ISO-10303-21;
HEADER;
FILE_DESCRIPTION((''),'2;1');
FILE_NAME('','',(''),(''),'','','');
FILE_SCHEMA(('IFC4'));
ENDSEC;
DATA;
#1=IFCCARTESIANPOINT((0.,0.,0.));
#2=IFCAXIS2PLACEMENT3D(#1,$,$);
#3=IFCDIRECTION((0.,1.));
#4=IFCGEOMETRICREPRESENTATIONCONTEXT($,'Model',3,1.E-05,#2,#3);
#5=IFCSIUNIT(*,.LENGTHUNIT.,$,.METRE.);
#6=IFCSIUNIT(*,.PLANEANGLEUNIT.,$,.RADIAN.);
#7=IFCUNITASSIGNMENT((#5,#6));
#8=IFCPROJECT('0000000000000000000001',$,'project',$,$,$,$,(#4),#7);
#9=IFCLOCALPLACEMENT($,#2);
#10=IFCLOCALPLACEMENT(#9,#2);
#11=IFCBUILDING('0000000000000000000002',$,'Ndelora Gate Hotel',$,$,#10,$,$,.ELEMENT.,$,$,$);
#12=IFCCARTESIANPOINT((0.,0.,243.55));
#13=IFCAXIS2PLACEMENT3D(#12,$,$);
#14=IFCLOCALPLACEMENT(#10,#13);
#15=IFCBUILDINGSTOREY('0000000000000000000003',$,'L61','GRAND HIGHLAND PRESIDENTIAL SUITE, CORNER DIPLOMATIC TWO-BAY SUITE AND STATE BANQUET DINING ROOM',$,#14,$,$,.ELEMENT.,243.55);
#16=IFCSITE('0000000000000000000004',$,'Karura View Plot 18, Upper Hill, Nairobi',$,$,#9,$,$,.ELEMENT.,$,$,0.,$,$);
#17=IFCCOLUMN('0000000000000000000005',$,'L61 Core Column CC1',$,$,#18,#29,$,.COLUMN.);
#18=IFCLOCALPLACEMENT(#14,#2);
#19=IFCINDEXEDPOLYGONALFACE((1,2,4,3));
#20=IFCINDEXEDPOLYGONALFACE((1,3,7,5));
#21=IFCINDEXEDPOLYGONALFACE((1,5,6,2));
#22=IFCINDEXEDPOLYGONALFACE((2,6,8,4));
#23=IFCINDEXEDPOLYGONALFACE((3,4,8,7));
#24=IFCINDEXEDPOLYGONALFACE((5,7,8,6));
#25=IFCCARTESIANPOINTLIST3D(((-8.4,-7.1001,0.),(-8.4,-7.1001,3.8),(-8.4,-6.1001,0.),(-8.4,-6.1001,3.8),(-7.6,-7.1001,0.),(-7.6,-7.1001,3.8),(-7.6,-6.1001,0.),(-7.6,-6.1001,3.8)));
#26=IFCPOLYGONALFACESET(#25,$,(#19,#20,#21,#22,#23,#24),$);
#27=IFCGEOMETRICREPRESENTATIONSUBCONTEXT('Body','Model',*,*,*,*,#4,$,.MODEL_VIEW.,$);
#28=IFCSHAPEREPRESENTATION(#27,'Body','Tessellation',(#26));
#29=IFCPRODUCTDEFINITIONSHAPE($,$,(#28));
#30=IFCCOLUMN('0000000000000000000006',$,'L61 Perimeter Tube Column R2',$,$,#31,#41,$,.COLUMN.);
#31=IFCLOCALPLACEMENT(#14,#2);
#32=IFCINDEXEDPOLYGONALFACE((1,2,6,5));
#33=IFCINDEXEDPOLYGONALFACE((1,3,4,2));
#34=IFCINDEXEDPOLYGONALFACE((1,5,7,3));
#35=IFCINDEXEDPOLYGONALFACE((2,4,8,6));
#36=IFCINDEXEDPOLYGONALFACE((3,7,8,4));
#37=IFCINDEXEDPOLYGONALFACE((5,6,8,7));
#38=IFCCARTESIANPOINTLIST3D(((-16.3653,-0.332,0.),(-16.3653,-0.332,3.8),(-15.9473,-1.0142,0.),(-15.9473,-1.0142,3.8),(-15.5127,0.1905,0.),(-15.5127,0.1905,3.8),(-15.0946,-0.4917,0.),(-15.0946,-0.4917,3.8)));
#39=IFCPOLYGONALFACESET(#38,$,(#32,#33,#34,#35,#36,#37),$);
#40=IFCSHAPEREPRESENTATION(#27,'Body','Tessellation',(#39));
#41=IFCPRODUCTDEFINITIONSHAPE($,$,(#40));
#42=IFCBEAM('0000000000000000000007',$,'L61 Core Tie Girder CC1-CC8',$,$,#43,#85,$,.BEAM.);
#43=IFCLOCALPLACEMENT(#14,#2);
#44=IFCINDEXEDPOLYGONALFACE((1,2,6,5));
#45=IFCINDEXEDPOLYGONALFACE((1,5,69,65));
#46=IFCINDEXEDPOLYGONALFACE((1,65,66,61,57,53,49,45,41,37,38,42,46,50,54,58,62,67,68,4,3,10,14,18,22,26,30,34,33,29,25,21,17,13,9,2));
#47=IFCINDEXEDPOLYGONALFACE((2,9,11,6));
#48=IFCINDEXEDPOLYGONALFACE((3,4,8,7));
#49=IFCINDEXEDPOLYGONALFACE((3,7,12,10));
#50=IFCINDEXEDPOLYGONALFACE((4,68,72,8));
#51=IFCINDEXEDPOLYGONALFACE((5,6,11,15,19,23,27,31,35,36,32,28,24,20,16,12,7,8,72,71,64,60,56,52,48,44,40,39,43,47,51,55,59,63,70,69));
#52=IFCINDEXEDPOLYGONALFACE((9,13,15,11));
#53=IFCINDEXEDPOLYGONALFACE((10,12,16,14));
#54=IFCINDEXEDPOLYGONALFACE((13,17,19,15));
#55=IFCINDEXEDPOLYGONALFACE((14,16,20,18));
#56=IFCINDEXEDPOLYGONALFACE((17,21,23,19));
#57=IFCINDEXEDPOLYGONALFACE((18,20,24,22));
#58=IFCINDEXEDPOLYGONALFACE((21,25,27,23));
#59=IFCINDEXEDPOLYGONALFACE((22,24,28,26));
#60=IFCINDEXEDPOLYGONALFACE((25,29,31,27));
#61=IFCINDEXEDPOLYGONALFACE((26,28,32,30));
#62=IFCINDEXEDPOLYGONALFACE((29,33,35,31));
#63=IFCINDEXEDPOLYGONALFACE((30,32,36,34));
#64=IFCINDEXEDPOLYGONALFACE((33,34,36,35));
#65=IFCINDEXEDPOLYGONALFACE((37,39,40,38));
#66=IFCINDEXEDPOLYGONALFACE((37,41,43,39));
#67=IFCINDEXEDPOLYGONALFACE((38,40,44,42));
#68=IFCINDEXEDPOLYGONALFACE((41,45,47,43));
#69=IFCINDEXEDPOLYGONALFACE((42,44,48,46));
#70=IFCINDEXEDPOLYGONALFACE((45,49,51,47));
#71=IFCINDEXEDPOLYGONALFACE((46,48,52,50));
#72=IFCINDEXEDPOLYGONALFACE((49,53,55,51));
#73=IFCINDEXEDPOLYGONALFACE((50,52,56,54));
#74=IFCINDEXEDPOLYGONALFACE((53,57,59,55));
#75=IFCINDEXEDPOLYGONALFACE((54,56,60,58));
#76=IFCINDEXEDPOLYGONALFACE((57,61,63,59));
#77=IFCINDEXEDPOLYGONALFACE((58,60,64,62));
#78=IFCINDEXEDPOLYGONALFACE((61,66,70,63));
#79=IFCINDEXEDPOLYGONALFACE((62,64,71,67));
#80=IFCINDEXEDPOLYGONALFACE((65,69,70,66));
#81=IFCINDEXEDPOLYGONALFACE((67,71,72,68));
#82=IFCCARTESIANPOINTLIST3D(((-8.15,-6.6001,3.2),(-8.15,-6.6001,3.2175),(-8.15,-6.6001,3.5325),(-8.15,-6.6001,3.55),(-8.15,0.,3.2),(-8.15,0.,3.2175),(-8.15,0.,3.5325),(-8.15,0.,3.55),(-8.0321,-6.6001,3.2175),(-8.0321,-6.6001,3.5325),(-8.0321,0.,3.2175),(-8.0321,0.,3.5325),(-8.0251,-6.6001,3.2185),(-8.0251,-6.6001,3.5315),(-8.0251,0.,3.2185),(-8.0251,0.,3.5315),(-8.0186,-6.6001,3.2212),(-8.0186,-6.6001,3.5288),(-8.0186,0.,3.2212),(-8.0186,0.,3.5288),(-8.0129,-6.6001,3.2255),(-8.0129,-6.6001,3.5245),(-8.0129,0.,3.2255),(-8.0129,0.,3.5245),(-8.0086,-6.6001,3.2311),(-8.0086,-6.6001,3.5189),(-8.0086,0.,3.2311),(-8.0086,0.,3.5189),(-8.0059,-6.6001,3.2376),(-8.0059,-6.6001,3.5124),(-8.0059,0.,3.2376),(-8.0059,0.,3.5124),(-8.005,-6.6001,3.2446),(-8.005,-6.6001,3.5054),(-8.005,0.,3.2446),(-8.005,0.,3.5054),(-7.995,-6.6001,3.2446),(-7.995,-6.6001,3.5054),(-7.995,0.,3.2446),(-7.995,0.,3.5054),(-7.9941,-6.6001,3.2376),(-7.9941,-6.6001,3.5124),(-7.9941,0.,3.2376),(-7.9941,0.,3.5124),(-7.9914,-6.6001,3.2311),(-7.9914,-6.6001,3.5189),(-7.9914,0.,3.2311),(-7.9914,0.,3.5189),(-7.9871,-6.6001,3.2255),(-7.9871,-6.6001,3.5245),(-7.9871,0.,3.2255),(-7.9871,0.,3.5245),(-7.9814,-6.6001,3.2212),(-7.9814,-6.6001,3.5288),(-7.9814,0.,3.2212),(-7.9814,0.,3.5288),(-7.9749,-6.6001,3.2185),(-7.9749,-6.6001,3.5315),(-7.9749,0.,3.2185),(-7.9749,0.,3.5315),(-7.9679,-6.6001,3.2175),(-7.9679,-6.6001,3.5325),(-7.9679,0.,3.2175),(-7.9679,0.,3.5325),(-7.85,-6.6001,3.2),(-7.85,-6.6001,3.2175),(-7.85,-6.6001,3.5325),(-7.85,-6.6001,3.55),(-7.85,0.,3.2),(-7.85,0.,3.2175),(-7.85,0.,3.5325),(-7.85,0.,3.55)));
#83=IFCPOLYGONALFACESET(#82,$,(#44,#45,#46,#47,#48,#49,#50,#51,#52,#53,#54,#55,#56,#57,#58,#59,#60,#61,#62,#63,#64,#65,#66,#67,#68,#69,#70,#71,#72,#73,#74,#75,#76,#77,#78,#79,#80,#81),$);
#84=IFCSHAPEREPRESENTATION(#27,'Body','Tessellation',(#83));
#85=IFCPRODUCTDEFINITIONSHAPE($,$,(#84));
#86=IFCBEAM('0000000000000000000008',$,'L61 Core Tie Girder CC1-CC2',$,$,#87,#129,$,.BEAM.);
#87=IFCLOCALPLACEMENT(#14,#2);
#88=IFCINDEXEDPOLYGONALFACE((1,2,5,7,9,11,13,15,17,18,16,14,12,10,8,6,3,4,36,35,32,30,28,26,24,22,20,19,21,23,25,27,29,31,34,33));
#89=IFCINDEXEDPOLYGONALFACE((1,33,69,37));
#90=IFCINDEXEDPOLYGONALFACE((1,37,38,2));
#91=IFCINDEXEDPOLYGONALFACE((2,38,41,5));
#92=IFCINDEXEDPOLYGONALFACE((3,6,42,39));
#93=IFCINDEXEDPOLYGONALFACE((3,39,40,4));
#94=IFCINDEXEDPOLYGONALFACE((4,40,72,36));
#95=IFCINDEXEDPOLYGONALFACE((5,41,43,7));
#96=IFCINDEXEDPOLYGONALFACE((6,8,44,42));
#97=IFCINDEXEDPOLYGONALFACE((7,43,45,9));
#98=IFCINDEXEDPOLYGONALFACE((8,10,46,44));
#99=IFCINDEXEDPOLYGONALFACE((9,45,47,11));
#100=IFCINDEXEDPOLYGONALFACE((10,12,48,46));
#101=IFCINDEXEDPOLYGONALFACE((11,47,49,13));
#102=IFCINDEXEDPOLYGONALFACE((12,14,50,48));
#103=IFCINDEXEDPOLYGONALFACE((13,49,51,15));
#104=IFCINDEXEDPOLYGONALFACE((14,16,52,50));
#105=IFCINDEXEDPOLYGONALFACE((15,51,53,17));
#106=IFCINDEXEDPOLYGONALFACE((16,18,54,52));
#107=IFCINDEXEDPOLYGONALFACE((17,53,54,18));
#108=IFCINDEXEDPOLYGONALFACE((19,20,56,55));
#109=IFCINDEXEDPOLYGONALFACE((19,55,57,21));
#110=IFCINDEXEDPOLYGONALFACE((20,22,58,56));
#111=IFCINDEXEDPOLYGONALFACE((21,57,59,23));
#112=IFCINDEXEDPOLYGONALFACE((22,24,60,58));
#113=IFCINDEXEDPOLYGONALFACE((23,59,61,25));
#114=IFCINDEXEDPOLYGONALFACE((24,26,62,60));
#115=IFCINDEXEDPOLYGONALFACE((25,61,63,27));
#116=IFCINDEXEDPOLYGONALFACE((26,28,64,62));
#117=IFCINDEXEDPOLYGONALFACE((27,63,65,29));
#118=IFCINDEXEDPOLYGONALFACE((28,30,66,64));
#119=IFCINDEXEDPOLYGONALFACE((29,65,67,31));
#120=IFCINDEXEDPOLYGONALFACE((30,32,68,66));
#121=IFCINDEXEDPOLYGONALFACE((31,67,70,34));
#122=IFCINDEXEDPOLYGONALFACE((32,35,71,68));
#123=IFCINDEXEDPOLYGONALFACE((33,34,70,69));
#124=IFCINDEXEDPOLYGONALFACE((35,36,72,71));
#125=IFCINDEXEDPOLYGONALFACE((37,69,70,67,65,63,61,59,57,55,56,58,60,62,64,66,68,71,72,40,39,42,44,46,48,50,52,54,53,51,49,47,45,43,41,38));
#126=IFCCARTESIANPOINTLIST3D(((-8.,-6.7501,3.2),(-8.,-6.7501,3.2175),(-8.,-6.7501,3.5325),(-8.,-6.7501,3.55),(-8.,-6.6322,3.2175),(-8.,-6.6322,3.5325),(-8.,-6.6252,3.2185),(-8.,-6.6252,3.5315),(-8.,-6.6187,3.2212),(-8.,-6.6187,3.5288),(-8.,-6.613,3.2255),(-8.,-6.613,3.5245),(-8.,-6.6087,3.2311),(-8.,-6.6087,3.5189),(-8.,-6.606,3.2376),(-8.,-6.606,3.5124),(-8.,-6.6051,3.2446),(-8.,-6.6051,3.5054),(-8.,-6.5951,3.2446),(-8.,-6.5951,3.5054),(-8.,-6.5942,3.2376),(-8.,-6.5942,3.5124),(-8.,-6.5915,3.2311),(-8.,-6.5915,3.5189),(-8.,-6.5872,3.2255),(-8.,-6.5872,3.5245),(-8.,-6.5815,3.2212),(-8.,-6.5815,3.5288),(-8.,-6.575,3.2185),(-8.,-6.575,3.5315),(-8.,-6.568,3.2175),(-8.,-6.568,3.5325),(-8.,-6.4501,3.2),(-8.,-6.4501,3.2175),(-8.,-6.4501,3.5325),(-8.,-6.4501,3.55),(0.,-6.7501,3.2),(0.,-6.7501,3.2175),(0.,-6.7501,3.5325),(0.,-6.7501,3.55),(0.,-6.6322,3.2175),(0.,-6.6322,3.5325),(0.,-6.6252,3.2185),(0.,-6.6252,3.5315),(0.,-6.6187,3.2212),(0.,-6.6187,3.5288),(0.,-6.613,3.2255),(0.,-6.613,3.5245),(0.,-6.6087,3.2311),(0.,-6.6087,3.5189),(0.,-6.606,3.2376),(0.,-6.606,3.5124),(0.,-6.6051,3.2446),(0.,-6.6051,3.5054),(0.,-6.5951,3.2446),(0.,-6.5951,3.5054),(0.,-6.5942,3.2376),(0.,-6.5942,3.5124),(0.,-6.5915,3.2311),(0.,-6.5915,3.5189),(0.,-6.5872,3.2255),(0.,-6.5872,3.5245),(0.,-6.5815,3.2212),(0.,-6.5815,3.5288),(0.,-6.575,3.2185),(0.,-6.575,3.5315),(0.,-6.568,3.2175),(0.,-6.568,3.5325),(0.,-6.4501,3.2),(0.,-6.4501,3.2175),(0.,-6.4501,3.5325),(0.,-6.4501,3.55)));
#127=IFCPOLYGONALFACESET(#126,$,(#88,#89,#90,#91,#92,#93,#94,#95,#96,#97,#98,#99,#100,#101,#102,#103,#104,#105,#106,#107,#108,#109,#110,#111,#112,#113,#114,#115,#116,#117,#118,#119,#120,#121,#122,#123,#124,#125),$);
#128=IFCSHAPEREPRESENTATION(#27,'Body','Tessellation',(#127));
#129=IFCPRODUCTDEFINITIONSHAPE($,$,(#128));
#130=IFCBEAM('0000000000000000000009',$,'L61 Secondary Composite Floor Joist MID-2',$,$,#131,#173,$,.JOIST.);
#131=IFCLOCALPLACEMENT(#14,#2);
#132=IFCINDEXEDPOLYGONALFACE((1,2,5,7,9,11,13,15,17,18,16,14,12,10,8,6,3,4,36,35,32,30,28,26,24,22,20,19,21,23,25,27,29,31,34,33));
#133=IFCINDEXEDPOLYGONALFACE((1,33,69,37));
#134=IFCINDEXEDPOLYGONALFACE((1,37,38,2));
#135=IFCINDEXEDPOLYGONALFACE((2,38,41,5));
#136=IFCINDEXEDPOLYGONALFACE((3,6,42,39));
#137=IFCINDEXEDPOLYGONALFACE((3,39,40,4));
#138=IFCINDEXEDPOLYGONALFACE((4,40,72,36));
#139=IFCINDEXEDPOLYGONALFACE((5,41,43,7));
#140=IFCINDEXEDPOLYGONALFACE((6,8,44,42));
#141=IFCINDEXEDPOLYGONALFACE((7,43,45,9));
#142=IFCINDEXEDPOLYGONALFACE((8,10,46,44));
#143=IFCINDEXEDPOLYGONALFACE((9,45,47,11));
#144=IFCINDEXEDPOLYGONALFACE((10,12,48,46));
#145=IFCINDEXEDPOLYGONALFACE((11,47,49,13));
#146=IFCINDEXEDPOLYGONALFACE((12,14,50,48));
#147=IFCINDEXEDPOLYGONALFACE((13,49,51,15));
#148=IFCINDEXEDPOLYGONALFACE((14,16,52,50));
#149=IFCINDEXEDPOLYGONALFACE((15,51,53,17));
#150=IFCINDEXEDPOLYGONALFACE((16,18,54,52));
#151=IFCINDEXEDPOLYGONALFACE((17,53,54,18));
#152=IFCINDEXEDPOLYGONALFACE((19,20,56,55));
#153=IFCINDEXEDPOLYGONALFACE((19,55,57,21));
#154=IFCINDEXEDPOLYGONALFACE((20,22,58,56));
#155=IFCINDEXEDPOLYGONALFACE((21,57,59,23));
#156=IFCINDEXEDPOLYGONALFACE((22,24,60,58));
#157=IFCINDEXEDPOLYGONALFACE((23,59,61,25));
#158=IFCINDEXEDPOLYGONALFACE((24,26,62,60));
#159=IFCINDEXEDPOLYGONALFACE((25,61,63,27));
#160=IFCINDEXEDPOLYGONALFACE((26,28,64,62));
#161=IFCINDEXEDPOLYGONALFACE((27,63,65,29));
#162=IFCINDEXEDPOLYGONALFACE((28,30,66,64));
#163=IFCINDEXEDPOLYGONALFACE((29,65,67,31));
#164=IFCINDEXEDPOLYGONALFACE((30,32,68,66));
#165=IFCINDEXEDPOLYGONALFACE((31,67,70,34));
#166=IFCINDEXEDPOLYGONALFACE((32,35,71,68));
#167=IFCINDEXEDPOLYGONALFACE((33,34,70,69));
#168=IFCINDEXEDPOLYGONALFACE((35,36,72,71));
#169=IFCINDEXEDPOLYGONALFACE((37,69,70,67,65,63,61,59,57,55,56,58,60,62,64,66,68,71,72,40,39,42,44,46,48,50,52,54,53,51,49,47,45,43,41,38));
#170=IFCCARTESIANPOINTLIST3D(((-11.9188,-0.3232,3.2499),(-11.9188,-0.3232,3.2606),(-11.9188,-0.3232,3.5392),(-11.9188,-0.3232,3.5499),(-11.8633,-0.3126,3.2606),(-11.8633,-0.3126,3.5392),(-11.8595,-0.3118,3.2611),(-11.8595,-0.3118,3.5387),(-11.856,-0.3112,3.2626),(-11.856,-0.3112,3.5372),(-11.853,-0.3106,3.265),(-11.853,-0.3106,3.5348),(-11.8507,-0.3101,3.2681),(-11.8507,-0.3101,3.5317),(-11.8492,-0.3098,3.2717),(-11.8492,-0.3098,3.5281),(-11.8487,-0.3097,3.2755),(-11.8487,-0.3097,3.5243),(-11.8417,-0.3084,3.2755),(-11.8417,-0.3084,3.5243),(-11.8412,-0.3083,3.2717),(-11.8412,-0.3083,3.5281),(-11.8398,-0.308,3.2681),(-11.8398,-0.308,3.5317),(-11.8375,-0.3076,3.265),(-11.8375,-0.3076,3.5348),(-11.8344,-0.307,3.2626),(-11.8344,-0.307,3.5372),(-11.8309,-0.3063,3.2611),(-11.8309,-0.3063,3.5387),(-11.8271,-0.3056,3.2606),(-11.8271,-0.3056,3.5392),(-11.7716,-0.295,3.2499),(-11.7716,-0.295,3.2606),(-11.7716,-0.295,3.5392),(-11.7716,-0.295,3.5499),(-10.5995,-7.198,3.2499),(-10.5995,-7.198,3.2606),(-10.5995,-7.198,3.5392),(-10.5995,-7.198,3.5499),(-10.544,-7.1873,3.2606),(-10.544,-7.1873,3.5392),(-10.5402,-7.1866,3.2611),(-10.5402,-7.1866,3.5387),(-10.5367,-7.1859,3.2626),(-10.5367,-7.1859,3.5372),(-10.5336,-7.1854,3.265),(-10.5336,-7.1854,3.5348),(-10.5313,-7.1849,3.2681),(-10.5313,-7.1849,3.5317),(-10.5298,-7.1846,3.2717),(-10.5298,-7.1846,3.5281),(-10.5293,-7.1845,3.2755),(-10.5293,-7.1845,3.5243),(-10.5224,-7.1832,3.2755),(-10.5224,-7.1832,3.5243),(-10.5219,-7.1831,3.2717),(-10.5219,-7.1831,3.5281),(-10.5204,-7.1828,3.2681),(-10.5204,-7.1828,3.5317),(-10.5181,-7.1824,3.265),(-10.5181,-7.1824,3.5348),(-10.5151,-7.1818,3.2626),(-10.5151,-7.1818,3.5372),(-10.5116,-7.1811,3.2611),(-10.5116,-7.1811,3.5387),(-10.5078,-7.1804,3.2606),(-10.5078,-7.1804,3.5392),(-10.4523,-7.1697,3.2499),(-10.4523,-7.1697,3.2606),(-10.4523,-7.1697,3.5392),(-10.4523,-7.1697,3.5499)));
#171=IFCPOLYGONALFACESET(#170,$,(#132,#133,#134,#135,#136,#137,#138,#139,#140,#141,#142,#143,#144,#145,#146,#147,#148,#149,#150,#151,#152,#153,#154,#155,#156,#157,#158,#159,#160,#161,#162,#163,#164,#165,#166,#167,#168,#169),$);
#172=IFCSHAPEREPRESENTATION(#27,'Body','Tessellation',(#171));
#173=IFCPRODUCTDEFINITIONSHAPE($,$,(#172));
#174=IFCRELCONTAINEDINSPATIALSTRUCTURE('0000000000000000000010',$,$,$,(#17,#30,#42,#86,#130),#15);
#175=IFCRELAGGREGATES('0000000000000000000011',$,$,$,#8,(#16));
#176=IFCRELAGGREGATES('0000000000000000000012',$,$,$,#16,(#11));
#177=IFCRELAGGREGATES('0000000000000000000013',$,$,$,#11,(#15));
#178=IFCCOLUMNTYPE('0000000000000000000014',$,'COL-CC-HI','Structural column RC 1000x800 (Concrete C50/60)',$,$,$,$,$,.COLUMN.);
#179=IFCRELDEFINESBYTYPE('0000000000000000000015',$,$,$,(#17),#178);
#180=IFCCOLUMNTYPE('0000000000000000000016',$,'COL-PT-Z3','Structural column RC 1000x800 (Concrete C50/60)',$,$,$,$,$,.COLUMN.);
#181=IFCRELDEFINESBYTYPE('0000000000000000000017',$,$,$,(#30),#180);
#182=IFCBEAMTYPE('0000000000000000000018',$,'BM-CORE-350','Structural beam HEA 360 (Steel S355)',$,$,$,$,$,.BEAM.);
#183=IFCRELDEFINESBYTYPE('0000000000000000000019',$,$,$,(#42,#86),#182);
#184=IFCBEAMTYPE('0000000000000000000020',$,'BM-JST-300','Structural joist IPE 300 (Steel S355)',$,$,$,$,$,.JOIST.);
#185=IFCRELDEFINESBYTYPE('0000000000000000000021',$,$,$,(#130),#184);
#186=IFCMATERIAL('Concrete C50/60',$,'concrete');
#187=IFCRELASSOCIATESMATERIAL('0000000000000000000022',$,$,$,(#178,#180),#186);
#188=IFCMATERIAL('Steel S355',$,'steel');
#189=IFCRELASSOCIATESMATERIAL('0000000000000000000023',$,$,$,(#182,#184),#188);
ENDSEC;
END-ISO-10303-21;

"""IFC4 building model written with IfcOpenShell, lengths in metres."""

from ifc_helpers import new_model, si_unit, direction, frame, origin, origin_2d, place, context, subcontext, project, spatial, rectangle, i_section, extrude, material, material_profile, profile_set, type_object, element, save


model = new_model("IFC4")

# Units and contexts
model_context = context("Model", 3, precision=1e-05, world=origin(), true_north=direction((0.0, 1.0)))
body_context = subcontext(model_context, "Body", "Model", "MODEL_VIEW")
ifc_project = project(units=[si_unit("LENGTHUNIT", "METRE"), si_unit("PLANEANGLEUNIT", "RADIAN")], contexts=[model_context])

# Site, building, storey
site_placement = place(None, origin())
site = spatial("IfcSite", under=ifc_project, at=site_placement, Name="Karura View Plot 18, Upper Hill, Nairobi", CompositionType="ELEMENT", RefElevation=0.0)
building_placement = place(site_placement, origin())
building = spatial("IfcBuilding", under=site, at=building_placement, Name="Ndelora Gate Hotel", CompositionType="ELEMENT")
storey_placement = place(building_placement, frame((0.0, 0.0, 243.55)))
storey = spatial("IfcBuildingStorey", under=building, at=storey_placement, Name="L61", Description="GRAND HIGHLAND PRESIDENTIAL SUITE, CORNER DIPLOMATIC TWO-BAY SUITE AND STATE BANQUET DINING ROOM", CompositionType="ELEMENT", Elevation=243.55)

# Columns
ifc_material_1 = material(Name="Concrete C50/60", Category="concrete")
ifc_material_profile_1 = material_profile(ifc_material_1, rectangle(XDim=0.8, YDim=1.0, at=origin_2d()), Name="RC 1000x800")
ifc_profile_set_1 = profile_set([ifc_material_profile_1], Name="Concrete C50/60")
column_type_1 = type_object("IfcColumnType", Name="COL-CC-HI", Description="Structural column RC 1000x800 (Concrete C50/60)", PredefinedType="COLUMN", material=ifc_profile_set_1)
column_1_placement = place(storey_placement, frame((-8.0, -6.6001, 0.0), z_axis=(0.0, 0.0, 1.0), x_axis=(1.0, 0.0, 0.0)))
element("IfcColumn", 1, at=column_1_placement, inside=storey, type_object=column_type_1, Name="L61 Core Column CC1", PredefinedType="COLUMN", context=body_context, shape_type="SweptSolid", body=[
    extrude(rectangle(XDim=0.8, YDim=1.0, at=origin_2d()), origin(), (0.0, 0.0, 1.0), 3.8),
])
ifc_material_profile_2 = material_profile(ifc_material_1, rectangle(XDim=0.8, YDim=1.0, at=origin_2d()), Name="RC 1000x800")
ifc_profile_set_2 = profile_set([ifc_material_profile_2], Name="Concrete C50/60")
column_type_2 = type_object("IfcColumnType", Name="COL-PT-Z3", Description="Structural column RC 1000x800 (Concrete C50/60)", PredefinedType="COLUMN", material=ifc_profile_set_2)
column_2_placement = place(storey_placement, frame((-15.73, -0.4119, 0.0), z_axis=(0.0, 0.0, 1.0), x_axis=(-0.522499, 0.85264, 0.0)))
element("IfcColumn", 2, at=column_2_placement, inside=storey, type_object=column_type_2, Name="L61 Perimeter Tube Column R2", PredefinedType="COLUMN", context=body_context, shape_type="SweptSolid", body=[
    extrude(rectangle(XDim=0.8, YDim=1.0, at=origin_2d()), origin(), (0.0, 0.0, 1.0), 3.8),
])

# Beams
ifc_material_2 = material(Name="Steel S355", Category="steel")
ifc_material_profile_3 = material_profile(ifc_material_2, i_section(OverallWidth=0.3, OverallDepth=0.3501, WebThickness=0.01, FlangeThickness=0.0176, FilletRadius=0.0271, at=origin_2d()), Name="HEA 360")
ifc_profile_set_3 = profile_set([ifc_material_profile_3], Name="Steel S355")
beam_type_1 = type_object("IfcBeamType", Name="BM-CORE-350", Description="Structural beam HEA 360 (Steel S355)", PredefinedType="BEAM", material=ifc_profile_set_3)
beam_1_placement = place(storey_placement, frame((-8.0, -6.6001, 3.375), z_axis=(0.0, 1.0, 0.0), x_axis=(-1.0, 0.0, 0.0)))
element("IfcBeam", 3, at=beam_1_placement, inside=storey, type_object=beam_type_1, Name="L61 Core Tie Girder CC1-CC8", PredefinedType="BEAM", context=body_context, shape_type="SweptSolid", body=[
    extrude(i_section(OverallWidth=0.3, OverallDepth=0.3501, WebThickness=0.01, FlangeThickness=0.0176, FilletRadius=0.0271, at=origin_2d()), origin(), (0.0, 0.0, 1.0), 6.6001),
])
beam_2_placement = place(storey_placement, frame((-8.0, -6.6001, 3.375), z_axis=(1.0, 0.0, 0.0), x_axis=(0.0, 1.0, 0.0)))
element("IfcBeam", 4, at=beam_2_placement, inside=storey, type_object=beam_type_1, Name="L61 Core Tie Girder CC1-CC2", PredefinedType="BEAM", context=body_context, shape_type="SweptSolid", body=[
    extrude(i_section(OverallWidth=0.3, OverallDepth=0.3501, WebThickness=0.01, FlangeThickness=0.0176, FilletRadius=0.0271, at=origin_2d()), origin(), (0.0, 0.0, 1.0), 8.0),
])
ifc_material_profile_4 = material_profile(ifc_material_2, i_section(OverallWidth=0.1499, OverallDepth=0.3, WebThickness=0.0071, FlangeThickness=0.0107, FilletRadius=0.0149, at=origin_2d()), Name="IPE 300")
ifc_profile_set_4 = profile_set([ifc_material_profile_4], Name="Steel S355")
beam_type_2 = type_object("IfcBeamType", Name="BM-JST-300", Description="Structural joist IPE 300 (Steel S355)", PredefinedType="JOIST", material=ifc_profile_set_4)
beam_3_placement = place(storey_placement, frame((-11.8452, -0.3091, 3.3999), z_axis=(0.188471, -0.982079, 0.0), x_axis=(0.982079, 0.188471, 0.0)))
element("IfcBeam", 5, at=beam_3_placement, inside=storey, type_object=beam_type_2, Name="L61 Secondary Composite Floor Joist MID-2", PredefinedType="JOIST", context=body_context, shape_type="SweptSolid", body=[
    extrude(i_section(OverallWidth=0.1499, OverallDepth=0.3, WebThickness=0.0071, FlangeThickness=0.0107, FilletRadius=0.0149, at=origin_2d()), origin(), (0.0, 0.0, 1.0), 7.0002),
])

save(model, "model.ifc")
